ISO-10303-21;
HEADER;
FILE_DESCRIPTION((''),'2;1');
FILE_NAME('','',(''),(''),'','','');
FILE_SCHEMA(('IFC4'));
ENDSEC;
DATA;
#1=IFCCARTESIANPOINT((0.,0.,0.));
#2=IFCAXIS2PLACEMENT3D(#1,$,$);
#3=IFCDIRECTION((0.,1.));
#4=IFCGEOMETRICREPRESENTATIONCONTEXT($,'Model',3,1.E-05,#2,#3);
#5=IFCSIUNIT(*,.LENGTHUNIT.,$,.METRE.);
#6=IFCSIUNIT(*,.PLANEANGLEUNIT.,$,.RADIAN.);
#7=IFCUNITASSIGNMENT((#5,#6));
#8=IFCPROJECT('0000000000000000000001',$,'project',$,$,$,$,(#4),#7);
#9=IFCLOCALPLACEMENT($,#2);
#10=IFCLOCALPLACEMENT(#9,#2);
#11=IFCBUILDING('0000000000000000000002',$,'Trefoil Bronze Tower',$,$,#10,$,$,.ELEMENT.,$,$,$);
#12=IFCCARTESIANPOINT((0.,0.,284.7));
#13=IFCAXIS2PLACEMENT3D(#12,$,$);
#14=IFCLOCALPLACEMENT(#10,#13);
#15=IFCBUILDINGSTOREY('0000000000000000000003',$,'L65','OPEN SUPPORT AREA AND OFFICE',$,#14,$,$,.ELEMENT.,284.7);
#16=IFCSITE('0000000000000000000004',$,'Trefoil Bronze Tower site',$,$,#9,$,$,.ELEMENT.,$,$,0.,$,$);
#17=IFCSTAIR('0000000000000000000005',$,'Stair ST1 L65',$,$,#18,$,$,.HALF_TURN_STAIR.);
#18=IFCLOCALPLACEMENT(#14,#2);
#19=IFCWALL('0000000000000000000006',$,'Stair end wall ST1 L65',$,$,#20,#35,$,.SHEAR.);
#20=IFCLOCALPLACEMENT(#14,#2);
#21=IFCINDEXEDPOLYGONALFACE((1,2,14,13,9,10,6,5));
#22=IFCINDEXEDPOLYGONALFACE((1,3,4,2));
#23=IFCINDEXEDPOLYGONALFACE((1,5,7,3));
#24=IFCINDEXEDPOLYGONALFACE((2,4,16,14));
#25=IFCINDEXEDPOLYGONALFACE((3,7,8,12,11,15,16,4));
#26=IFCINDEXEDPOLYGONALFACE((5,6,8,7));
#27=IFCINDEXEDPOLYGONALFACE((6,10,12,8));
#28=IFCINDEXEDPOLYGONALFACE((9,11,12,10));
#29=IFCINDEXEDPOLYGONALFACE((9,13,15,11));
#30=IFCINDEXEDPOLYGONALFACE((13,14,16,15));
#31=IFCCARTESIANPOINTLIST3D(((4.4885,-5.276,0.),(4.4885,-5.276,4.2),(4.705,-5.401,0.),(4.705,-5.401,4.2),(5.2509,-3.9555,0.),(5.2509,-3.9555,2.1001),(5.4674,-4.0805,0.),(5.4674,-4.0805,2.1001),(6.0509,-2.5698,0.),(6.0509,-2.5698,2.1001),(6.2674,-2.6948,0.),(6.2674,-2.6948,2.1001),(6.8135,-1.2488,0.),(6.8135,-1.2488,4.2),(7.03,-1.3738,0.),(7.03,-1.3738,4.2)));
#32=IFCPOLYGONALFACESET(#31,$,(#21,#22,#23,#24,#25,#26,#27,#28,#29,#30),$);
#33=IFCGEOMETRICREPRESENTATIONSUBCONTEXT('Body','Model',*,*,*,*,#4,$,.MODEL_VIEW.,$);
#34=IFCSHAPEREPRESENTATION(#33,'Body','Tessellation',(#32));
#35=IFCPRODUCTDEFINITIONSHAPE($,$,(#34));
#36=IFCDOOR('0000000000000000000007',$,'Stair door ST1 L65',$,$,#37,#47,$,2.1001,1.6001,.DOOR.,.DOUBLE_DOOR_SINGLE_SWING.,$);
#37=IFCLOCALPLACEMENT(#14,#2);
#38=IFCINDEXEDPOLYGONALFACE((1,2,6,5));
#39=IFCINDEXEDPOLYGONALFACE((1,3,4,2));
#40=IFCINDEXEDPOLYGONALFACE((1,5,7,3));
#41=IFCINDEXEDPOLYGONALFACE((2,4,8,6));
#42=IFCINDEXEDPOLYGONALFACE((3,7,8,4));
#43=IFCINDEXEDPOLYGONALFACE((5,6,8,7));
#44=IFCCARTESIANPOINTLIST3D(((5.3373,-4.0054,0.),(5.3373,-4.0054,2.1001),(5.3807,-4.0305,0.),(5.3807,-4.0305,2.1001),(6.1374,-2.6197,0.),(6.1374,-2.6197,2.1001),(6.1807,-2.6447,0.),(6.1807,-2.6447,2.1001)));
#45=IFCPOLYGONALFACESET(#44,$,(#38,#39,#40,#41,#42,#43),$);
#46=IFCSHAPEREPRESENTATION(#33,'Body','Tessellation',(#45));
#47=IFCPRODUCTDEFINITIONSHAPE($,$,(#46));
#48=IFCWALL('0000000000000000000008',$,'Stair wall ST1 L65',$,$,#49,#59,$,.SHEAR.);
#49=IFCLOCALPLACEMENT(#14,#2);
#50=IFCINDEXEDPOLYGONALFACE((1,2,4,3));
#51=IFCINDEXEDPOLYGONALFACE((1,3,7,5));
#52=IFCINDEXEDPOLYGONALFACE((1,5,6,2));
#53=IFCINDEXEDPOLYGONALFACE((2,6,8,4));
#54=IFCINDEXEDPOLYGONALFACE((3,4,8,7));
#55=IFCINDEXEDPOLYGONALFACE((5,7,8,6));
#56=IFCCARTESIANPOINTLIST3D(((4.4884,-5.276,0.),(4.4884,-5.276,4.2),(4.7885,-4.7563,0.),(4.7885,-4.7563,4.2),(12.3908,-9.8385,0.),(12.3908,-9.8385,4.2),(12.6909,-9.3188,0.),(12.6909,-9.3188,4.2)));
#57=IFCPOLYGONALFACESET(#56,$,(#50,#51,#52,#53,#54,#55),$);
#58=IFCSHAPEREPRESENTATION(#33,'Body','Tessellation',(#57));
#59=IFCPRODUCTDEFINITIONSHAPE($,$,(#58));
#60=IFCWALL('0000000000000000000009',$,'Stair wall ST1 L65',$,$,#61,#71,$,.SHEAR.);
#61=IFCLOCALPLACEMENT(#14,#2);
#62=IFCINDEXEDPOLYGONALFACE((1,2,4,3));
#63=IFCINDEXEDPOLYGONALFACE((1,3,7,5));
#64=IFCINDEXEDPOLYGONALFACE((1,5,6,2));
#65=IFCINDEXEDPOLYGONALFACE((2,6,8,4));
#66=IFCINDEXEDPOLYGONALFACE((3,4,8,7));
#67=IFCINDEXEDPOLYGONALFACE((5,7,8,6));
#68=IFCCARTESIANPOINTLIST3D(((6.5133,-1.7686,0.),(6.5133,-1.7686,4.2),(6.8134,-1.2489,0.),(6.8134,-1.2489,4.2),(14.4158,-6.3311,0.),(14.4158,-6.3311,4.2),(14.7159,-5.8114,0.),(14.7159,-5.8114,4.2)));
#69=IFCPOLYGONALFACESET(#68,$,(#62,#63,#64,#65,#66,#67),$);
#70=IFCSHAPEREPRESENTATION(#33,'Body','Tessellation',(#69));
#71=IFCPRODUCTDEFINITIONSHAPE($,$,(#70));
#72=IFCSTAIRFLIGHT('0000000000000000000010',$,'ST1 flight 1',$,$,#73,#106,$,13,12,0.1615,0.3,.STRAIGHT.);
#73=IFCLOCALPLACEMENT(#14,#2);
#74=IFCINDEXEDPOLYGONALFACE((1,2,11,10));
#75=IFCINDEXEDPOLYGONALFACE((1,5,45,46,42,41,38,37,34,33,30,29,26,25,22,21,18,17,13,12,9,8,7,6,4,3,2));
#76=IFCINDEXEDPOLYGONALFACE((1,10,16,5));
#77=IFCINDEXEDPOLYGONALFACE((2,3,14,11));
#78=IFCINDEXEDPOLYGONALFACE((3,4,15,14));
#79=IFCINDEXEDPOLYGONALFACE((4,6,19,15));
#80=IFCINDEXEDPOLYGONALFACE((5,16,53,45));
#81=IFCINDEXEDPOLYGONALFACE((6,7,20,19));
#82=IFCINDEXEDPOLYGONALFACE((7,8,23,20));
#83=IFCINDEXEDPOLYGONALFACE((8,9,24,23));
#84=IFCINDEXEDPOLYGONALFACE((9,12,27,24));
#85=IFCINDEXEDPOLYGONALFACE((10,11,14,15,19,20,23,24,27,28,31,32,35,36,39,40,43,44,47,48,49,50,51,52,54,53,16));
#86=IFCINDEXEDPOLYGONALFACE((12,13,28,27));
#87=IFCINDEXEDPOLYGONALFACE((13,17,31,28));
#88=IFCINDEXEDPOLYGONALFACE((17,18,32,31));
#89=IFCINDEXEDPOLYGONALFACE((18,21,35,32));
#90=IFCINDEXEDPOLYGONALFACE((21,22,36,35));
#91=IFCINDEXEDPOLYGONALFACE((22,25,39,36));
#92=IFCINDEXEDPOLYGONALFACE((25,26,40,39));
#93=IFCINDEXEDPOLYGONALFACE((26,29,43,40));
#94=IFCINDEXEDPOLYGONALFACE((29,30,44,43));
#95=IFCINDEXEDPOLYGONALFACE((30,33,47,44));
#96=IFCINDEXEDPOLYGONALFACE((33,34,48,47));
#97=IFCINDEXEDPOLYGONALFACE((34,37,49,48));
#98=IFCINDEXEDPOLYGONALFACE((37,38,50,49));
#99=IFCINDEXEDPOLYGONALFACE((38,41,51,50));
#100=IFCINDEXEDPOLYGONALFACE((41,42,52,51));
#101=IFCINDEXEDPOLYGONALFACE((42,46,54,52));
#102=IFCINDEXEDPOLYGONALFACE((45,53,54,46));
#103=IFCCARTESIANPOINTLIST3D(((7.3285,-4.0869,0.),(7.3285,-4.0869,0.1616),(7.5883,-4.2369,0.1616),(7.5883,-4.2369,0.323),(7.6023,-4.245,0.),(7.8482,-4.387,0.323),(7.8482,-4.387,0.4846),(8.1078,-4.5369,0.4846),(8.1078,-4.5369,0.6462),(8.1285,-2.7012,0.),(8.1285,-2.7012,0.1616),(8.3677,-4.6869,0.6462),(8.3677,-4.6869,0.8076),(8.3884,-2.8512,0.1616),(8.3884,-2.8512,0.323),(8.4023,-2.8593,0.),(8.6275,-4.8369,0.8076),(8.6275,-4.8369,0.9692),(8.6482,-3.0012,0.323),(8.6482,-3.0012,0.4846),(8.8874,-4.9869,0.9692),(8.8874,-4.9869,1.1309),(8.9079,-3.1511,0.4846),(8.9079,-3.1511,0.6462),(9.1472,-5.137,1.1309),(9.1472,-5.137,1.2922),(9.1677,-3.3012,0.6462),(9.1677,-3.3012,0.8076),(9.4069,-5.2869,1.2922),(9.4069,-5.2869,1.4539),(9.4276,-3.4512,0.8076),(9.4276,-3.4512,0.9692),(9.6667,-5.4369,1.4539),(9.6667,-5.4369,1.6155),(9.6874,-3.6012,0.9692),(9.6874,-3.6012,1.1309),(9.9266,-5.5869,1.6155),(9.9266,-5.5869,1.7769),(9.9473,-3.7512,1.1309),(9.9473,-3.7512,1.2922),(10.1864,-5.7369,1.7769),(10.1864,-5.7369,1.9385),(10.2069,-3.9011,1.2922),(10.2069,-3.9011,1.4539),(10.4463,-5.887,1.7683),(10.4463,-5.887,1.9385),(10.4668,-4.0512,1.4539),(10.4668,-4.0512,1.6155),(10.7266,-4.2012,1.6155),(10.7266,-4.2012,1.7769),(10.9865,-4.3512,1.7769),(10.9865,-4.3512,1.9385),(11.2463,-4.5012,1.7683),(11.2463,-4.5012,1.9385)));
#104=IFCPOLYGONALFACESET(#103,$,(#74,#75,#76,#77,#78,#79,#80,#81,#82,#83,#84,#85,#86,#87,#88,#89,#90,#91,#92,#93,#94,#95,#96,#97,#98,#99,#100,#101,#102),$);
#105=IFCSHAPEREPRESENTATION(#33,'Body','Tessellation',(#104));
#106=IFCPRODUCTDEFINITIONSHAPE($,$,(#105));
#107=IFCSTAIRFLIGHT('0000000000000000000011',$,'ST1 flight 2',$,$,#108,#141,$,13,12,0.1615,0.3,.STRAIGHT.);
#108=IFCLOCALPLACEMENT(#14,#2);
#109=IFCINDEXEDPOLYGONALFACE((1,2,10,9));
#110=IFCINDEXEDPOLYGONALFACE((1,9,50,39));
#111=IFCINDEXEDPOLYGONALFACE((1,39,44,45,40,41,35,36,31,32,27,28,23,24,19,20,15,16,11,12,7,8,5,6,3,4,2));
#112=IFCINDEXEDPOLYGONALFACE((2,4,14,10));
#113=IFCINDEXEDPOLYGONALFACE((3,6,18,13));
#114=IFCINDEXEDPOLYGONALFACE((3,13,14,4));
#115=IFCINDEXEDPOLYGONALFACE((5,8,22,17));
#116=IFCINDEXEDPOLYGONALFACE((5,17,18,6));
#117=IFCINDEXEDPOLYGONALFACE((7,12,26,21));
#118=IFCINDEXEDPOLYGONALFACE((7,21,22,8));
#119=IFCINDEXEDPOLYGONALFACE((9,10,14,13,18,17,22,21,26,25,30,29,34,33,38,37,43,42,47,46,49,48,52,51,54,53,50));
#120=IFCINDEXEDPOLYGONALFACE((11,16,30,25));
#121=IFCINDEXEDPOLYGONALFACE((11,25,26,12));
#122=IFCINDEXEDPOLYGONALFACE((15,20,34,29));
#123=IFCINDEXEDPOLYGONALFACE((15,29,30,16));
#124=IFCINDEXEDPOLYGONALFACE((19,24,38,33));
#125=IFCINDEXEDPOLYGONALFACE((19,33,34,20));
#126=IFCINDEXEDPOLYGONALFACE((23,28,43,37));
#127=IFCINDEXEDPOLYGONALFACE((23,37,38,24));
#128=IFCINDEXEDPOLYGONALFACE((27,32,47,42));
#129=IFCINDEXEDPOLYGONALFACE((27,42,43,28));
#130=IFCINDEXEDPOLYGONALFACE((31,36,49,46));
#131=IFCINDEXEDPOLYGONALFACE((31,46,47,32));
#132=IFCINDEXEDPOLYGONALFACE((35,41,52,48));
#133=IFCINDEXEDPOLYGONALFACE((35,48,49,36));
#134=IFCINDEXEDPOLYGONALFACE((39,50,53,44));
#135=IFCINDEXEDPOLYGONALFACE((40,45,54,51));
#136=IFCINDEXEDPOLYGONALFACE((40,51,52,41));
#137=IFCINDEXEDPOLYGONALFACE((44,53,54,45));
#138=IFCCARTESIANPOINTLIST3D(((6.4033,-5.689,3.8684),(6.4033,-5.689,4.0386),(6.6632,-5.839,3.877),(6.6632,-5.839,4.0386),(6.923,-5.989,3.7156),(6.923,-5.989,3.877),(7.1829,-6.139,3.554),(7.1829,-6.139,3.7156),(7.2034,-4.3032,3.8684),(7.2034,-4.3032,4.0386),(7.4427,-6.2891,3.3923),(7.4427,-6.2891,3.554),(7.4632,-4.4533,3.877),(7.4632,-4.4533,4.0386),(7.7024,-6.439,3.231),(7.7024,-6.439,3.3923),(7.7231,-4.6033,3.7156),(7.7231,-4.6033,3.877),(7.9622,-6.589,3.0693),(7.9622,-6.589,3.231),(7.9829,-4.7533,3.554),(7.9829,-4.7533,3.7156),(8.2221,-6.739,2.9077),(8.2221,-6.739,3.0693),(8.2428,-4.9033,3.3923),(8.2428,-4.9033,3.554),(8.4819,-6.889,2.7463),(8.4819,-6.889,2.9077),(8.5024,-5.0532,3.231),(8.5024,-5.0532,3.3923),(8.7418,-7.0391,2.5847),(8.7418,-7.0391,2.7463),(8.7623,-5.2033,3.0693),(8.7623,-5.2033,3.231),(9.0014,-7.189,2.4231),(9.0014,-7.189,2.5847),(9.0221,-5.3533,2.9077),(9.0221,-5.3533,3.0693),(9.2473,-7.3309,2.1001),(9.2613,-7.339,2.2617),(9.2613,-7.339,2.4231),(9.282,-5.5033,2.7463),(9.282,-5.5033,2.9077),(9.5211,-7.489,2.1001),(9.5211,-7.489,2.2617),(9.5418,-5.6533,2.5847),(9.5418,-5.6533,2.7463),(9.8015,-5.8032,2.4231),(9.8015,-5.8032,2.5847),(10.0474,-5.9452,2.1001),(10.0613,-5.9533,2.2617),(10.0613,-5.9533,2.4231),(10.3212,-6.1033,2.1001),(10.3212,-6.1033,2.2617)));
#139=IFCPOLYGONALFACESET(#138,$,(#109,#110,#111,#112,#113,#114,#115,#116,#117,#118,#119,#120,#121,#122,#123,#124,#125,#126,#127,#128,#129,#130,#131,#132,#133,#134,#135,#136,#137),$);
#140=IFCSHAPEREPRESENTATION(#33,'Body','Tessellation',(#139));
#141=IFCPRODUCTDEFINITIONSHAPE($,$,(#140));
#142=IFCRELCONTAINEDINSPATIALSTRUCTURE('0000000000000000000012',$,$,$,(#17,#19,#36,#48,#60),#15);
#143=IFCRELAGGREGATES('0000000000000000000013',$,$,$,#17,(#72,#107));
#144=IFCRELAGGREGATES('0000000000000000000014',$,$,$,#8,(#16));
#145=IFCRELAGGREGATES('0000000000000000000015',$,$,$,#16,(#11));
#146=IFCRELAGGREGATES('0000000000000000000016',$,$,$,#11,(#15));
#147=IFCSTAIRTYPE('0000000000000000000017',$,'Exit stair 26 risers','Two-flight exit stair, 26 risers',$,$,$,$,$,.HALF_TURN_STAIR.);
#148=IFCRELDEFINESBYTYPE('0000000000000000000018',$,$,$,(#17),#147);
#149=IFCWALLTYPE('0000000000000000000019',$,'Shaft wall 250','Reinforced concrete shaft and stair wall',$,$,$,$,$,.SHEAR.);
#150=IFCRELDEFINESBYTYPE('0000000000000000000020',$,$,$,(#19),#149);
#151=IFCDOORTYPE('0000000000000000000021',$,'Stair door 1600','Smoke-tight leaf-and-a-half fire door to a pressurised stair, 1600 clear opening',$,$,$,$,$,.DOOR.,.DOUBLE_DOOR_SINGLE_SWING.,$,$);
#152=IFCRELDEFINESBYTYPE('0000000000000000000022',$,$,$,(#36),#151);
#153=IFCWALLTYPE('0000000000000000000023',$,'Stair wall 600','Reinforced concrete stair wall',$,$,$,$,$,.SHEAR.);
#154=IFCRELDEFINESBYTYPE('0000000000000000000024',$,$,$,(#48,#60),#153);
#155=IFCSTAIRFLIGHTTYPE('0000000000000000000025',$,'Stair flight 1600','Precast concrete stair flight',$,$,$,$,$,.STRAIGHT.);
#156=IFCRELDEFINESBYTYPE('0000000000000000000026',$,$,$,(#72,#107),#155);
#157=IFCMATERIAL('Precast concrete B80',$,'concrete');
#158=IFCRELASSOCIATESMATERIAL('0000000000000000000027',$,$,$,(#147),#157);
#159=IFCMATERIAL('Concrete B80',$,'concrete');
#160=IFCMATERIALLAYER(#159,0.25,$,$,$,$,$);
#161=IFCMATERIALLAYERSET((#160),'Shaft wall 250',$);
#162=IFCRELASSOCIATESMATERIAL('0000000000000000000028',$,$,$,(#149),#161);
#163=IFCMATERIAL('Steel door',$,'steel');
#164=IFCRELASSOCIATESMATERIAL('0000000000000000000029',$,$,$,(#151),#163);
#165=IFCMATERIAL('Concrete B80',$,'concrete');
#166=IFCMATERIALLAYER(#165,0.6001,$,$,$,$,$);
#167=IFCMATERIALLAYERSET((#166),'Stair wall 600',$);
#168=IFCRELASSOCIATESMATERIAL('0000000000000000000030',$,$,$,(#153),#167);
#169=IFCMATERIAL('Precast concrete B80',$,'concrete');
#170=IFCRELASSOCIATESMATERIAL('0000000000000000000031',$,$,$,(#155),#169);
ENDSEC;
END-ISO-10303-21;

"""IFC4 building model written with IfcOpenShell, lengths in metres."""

from ifc_helpers import new_model, si_unit, direction, frame, frame_2d, origin, place, context, subcontext, project, spatial, polyline, rectangle, outline, extrude, material, layer, layer_set, type_object, element, fill, aggregate, save


model = new_model("IFC4")

# Units and contexts
model_context = context("Model", 3, precision=1e-05, world=origin(), true_north=direction((0.0, 1.0)))
body_context = subcontext(model_context, "Body", "Model", "MODEL_VIEW")
ifc_project = project(units=[si_unit("LENGTHUNIT", "METRE"), si_unit("PLANEANGLEUNIT", "RADIAN")], contexts=[model_context])

# Site, building, storey
site_placement = place(None, origin())
site = spatial("IfcSite", under=ifc_project, at=site_placement, Name="Trefoil Bronze Tower site", CompositionType="ELEMENT", RefElevation=0.0)
building_placement = place(site_placement, origin())
building = spatial("IfcBuilding", under=site, at=building_placement, Name="Trefoil Bronze Tower", CompositionType="ELEMENT")
storey_placement = place(building_placement, frame((0.0, 0.0, 284.7)))
storey = spatial("IfcBuildingStorey", under=building, at=storey_placement, Name="L65", Description="OPEN SUPPORT AREA AND OFFICE", CompositionType="ELEMENT", Elevation=284.7)

# Stair
ifc_material_1 = material(Name="Precast concrete B80", Category="concrete")
stair_type = type_object("IfcStairType", Name="Exit stair 26 risers", Description="Two-flight exit stair, 26 risers", PredefinedType="HALF_TURN_STAIR", material=ifc_material_1)
stair_1_placement = place(storey_placement, origin())
stair_1 = element("IfcStair", 1, at=stair_1_placement, inside=storey, type_object=stair_type, Name="Stair ST1 L65", PredefinedType="HALF_TURN_STAIR")

# Wall, opening, door
ifc_material_2 = material(Name="Concrete B80", Category="concrete")
ifc_layer_1 = layer(ifc_material_2, 0.25)
ifc_layer_set_1 = layer_set([ifc_layer_1], Name="Shaft wall 250")
wall_type_1 = type_object("IfcWallType", Name="Shaft wall 250", Description="Reinforced concrete shaft and stair wall", PredefinedType="SHEAR", material=ifc_layer_set_1)
wall_1_placement = place(storey_placement, frame((4.5967, -5.3386, 0.0), z_axis=(0.0, 0.0, 1.0), x_axis=(0.499985, 0.866034, 0.0)))
wall_1 = element("IfcWall", 2, at=wall_1_placement, inside=storey, type_object=wall_type_1, Name="Stair end wall ST1 L65", PredefinedType="SHEAR", context=body_context, shape_type="SweptSolid", body=[
    extrude(rectangle(XDim=4.6501, YDim=0.25, at=frame_2d((2.3252, 0.0))), origin(), (0.0, 0.0, 1.0), 4.2),
])
opening_1_placement = place(wall_1_placement, frame((1.5249, 0.0, 0.0)))
opening_1 = element("IfcOpeningElement", 3, at=opening_1_placement, cuts=wall_1, PredefinedType="OPENING", context=body_context, shape_type="SweptSolid", body=[
    extrude(rectangle(XDim=1.6001, YDim=2.1001, at=frame_2d((0.8, 1.05))), frame((0.0, 0.135, 0.0), z_axis=(0.0, -1.0, 0.0), x_axis=(1.0, 0.0, 0.0)), (0.0, 0.0, 1.0), 0.27),
])
ifc_material_3 = material(Name="Steel door", Category="steel")
door_type_1 = type_object("IfcDoorType", Name="Stair door 1600", Description="Smoke-tight leaf-and-a-half fire door to a pressurised stair, 1600 clear opening", OperationType="DOUBLE_DOOR_SINGLE_SWING", PredefinedType="DOOR", material=ifc_material_3)
door_1_placement = place(opening_1_placement, frame((1.6001, 0.0, 0.0), z_axis=(0.0, 0.0, 1.0), x_axis=(-1.0, 0.0, 0.0)))
door_1 = element("IfcDoor", 4, at=door_1_placement, inside=storey, type_object=door_type_1, Name="Stair door ST1 L65", OperationType="DOUBLE_DOOR_SINGLE_SWING", OverallHeight=2.1001, OverallWidth=1.6001, PredefinedType="DOOR", context=body_context, shape_type="SweptSolid", body=[
    extrude(rectangle(XDim=1.6001, YDim=2.1001, at=frame_2d((0.8, 1.05))), frame((0.0, 0.0249, 0.0), z_axis=(0.0, -1.0, 0.0), x_axis=(1.0, 0.0, 0.0)), (0.0, 0.0, 1.0), 0.05),
])
fill(opening_1, door_1)

# Walls
ifc_material_4 = material(Name="Concrete B80", Category="concrete")
ifc_layer_2 = layer(ifc_material_4, 0.6001)
ifc_layer_set_2 = layer_set([ifc_layer_2], Name="Stair wall 600")
wall_type_2 = type_object("IfcWallType", Name="Stair wall 600", Description="Reinforced concrete stair wall", PredefinedType="SHEAR", material=ifc_layer_set_2)
for number, where, z_axis, x_axis, name in (
    (5, (4.6384, -5.0161, 0.0), (0.0, 0.0, 1.0), (0.866022, -0.500007, 0.0), "Stair wall ST1 L65"),
    (6, (6.6633, -1.5088, 0.0), (0.0, 0.0, 1.0), (0.866028, -0.499995, 0.0), "Stair wall ST1 L65"),
):
    element("IfcWall", number, at=place(storey_placement, frame(where, z_axis=z_axis, x_axis=x_axis)), inside=storey, type_object=wall_type_2, Name=name, PredefinedType="SHEAR", context=body_context, shape_type="SweptSolid", body=[
        extrude(rectangle(XDim=9.125, YDim=0.6001, at=frame_2d((4.5625, 0.0))), origin(), (0.0, 0.0, 1.0), 4.2),
    ])

# Stair flights
ifc_material_5 = material(Name="Precast concrete B80", Category="concrete")
stair_flight_type = type_object("IfcStairFlightType", Name="Stair flight 1600", Description="Precast concrete stair flight", PredefinedType="STRAIGHT", material=ifc_material_5)
stair_flight_1_placement = place(storey_placement, frame((7.7285, -3.394, 0.0), z_axis=(0.0, 0.0, 1.0), x_axis=(0.866025, -0.5, 0.0)))
stair_flight_1 = element("IfcStairFlight", 7, at=stair_flight_1_placement, type_object=stair_flight_type, Name="ST1 flight 1", NumberOfRisers=13, NumberOfTreads=12, PredefinedType="STRAIGHT", RiserHeight=0.1615, TreadLength=0.3, context=body_context, shape_type="SweptSolid", body=[
    extrude(outline(polyline([(0.0, 0.0), (0.0, 0.1616), (0.3, 0.1616), (0.3, 0.323), (0.6001, 0.323), (0.6001, 0.4846), (0.8999, 0.4846), (0.8999, 0.6462), (1.2, 0.6462), (1.2, 0.8076), (1.5, 0.8076), (1.5, 0.9692), (1.8, 0.9692), (1.8, 1.1309), (2.1001, 1.1309), (2.1001, 1.2922), (2.3999, 1.2922), (2.3999, 1.4539), (2.7, 1.4539), (2.7, 1.6155), (3.0, 1.6155), (3.0, 1.7769), (3.3, 1.7769), (3.3, 1.9385), (3.6001, 1.9385), (3.6001, 2.1001), (3.6001, 1.7683), (0.3162, 0.0), (0.0, 0.0)])), frame((0.0, 0.8, 0.0), z_axis=(0.0, -1.0, 0.0), x_axis=(1.0, 0.0, 0.0)), (0.0, 0.0, 1.0), 1.6001),
])
stair_flight_2_placement = place(storey_placement, frame((9.9211, -6.7961, 2.1001), z_axis=(0.0, 0.0, 1.0), x_axis=(-0.866025, 0.5, 0.0)))
stair_flight_2 = element("IfcStairFlight", 8, at=stair_flight_2_placement, type_object=stair_flight_type, Name="ST1 flight 2", NumberOfRisers=13, NumberOfTreads=12, PredefinedType="STRAIGHT", RiserHeight=0.1615, TreadLength=0.3, context=body_context, shape_type="SweptSolid", body=[
    extrude(outline(polyline([(0.0, 0.0), (0.0, 0.1616), (0.3, 0.1616), (0.3, 0.323), (0.6001, 0.323), (0.6001, 0.4846), (0.8999, 0.4846), (0.8999, 0.6462), (1.2, 0.6462), (1.2, 0.8076), (1.5, 0.8076), (1.5, 0.9692), (1.8, 0.9692), (1.8, 1.1309), (2.1001, 1.1309), (2.1001, 1.2922), (2.3999, 1.2922), (2.3999, 1.4539), (2.7, 1.4539), (2.7, 1.6155), (3.0, 1.6155), (3.0, 1.7769), (3.3, 1.7769), (3.3, 1.9385), (3.6001, 1.9385), (3.6001, 2.1001), (3.6001, 1.7683), (0.3162, 0.0), (0.0, 0.0)])), frame((0.0, 0.8, 0.0), z_axis=(0.0, -1.0, 0.0), x_axis=(1.0, 0.0, 0.0)), (0.0, 0.0, 1.0), 1.6001),
])
aggregate(stair_1, [stair_flight_1, stair_flight_2])

save(model, "model.ifc")
